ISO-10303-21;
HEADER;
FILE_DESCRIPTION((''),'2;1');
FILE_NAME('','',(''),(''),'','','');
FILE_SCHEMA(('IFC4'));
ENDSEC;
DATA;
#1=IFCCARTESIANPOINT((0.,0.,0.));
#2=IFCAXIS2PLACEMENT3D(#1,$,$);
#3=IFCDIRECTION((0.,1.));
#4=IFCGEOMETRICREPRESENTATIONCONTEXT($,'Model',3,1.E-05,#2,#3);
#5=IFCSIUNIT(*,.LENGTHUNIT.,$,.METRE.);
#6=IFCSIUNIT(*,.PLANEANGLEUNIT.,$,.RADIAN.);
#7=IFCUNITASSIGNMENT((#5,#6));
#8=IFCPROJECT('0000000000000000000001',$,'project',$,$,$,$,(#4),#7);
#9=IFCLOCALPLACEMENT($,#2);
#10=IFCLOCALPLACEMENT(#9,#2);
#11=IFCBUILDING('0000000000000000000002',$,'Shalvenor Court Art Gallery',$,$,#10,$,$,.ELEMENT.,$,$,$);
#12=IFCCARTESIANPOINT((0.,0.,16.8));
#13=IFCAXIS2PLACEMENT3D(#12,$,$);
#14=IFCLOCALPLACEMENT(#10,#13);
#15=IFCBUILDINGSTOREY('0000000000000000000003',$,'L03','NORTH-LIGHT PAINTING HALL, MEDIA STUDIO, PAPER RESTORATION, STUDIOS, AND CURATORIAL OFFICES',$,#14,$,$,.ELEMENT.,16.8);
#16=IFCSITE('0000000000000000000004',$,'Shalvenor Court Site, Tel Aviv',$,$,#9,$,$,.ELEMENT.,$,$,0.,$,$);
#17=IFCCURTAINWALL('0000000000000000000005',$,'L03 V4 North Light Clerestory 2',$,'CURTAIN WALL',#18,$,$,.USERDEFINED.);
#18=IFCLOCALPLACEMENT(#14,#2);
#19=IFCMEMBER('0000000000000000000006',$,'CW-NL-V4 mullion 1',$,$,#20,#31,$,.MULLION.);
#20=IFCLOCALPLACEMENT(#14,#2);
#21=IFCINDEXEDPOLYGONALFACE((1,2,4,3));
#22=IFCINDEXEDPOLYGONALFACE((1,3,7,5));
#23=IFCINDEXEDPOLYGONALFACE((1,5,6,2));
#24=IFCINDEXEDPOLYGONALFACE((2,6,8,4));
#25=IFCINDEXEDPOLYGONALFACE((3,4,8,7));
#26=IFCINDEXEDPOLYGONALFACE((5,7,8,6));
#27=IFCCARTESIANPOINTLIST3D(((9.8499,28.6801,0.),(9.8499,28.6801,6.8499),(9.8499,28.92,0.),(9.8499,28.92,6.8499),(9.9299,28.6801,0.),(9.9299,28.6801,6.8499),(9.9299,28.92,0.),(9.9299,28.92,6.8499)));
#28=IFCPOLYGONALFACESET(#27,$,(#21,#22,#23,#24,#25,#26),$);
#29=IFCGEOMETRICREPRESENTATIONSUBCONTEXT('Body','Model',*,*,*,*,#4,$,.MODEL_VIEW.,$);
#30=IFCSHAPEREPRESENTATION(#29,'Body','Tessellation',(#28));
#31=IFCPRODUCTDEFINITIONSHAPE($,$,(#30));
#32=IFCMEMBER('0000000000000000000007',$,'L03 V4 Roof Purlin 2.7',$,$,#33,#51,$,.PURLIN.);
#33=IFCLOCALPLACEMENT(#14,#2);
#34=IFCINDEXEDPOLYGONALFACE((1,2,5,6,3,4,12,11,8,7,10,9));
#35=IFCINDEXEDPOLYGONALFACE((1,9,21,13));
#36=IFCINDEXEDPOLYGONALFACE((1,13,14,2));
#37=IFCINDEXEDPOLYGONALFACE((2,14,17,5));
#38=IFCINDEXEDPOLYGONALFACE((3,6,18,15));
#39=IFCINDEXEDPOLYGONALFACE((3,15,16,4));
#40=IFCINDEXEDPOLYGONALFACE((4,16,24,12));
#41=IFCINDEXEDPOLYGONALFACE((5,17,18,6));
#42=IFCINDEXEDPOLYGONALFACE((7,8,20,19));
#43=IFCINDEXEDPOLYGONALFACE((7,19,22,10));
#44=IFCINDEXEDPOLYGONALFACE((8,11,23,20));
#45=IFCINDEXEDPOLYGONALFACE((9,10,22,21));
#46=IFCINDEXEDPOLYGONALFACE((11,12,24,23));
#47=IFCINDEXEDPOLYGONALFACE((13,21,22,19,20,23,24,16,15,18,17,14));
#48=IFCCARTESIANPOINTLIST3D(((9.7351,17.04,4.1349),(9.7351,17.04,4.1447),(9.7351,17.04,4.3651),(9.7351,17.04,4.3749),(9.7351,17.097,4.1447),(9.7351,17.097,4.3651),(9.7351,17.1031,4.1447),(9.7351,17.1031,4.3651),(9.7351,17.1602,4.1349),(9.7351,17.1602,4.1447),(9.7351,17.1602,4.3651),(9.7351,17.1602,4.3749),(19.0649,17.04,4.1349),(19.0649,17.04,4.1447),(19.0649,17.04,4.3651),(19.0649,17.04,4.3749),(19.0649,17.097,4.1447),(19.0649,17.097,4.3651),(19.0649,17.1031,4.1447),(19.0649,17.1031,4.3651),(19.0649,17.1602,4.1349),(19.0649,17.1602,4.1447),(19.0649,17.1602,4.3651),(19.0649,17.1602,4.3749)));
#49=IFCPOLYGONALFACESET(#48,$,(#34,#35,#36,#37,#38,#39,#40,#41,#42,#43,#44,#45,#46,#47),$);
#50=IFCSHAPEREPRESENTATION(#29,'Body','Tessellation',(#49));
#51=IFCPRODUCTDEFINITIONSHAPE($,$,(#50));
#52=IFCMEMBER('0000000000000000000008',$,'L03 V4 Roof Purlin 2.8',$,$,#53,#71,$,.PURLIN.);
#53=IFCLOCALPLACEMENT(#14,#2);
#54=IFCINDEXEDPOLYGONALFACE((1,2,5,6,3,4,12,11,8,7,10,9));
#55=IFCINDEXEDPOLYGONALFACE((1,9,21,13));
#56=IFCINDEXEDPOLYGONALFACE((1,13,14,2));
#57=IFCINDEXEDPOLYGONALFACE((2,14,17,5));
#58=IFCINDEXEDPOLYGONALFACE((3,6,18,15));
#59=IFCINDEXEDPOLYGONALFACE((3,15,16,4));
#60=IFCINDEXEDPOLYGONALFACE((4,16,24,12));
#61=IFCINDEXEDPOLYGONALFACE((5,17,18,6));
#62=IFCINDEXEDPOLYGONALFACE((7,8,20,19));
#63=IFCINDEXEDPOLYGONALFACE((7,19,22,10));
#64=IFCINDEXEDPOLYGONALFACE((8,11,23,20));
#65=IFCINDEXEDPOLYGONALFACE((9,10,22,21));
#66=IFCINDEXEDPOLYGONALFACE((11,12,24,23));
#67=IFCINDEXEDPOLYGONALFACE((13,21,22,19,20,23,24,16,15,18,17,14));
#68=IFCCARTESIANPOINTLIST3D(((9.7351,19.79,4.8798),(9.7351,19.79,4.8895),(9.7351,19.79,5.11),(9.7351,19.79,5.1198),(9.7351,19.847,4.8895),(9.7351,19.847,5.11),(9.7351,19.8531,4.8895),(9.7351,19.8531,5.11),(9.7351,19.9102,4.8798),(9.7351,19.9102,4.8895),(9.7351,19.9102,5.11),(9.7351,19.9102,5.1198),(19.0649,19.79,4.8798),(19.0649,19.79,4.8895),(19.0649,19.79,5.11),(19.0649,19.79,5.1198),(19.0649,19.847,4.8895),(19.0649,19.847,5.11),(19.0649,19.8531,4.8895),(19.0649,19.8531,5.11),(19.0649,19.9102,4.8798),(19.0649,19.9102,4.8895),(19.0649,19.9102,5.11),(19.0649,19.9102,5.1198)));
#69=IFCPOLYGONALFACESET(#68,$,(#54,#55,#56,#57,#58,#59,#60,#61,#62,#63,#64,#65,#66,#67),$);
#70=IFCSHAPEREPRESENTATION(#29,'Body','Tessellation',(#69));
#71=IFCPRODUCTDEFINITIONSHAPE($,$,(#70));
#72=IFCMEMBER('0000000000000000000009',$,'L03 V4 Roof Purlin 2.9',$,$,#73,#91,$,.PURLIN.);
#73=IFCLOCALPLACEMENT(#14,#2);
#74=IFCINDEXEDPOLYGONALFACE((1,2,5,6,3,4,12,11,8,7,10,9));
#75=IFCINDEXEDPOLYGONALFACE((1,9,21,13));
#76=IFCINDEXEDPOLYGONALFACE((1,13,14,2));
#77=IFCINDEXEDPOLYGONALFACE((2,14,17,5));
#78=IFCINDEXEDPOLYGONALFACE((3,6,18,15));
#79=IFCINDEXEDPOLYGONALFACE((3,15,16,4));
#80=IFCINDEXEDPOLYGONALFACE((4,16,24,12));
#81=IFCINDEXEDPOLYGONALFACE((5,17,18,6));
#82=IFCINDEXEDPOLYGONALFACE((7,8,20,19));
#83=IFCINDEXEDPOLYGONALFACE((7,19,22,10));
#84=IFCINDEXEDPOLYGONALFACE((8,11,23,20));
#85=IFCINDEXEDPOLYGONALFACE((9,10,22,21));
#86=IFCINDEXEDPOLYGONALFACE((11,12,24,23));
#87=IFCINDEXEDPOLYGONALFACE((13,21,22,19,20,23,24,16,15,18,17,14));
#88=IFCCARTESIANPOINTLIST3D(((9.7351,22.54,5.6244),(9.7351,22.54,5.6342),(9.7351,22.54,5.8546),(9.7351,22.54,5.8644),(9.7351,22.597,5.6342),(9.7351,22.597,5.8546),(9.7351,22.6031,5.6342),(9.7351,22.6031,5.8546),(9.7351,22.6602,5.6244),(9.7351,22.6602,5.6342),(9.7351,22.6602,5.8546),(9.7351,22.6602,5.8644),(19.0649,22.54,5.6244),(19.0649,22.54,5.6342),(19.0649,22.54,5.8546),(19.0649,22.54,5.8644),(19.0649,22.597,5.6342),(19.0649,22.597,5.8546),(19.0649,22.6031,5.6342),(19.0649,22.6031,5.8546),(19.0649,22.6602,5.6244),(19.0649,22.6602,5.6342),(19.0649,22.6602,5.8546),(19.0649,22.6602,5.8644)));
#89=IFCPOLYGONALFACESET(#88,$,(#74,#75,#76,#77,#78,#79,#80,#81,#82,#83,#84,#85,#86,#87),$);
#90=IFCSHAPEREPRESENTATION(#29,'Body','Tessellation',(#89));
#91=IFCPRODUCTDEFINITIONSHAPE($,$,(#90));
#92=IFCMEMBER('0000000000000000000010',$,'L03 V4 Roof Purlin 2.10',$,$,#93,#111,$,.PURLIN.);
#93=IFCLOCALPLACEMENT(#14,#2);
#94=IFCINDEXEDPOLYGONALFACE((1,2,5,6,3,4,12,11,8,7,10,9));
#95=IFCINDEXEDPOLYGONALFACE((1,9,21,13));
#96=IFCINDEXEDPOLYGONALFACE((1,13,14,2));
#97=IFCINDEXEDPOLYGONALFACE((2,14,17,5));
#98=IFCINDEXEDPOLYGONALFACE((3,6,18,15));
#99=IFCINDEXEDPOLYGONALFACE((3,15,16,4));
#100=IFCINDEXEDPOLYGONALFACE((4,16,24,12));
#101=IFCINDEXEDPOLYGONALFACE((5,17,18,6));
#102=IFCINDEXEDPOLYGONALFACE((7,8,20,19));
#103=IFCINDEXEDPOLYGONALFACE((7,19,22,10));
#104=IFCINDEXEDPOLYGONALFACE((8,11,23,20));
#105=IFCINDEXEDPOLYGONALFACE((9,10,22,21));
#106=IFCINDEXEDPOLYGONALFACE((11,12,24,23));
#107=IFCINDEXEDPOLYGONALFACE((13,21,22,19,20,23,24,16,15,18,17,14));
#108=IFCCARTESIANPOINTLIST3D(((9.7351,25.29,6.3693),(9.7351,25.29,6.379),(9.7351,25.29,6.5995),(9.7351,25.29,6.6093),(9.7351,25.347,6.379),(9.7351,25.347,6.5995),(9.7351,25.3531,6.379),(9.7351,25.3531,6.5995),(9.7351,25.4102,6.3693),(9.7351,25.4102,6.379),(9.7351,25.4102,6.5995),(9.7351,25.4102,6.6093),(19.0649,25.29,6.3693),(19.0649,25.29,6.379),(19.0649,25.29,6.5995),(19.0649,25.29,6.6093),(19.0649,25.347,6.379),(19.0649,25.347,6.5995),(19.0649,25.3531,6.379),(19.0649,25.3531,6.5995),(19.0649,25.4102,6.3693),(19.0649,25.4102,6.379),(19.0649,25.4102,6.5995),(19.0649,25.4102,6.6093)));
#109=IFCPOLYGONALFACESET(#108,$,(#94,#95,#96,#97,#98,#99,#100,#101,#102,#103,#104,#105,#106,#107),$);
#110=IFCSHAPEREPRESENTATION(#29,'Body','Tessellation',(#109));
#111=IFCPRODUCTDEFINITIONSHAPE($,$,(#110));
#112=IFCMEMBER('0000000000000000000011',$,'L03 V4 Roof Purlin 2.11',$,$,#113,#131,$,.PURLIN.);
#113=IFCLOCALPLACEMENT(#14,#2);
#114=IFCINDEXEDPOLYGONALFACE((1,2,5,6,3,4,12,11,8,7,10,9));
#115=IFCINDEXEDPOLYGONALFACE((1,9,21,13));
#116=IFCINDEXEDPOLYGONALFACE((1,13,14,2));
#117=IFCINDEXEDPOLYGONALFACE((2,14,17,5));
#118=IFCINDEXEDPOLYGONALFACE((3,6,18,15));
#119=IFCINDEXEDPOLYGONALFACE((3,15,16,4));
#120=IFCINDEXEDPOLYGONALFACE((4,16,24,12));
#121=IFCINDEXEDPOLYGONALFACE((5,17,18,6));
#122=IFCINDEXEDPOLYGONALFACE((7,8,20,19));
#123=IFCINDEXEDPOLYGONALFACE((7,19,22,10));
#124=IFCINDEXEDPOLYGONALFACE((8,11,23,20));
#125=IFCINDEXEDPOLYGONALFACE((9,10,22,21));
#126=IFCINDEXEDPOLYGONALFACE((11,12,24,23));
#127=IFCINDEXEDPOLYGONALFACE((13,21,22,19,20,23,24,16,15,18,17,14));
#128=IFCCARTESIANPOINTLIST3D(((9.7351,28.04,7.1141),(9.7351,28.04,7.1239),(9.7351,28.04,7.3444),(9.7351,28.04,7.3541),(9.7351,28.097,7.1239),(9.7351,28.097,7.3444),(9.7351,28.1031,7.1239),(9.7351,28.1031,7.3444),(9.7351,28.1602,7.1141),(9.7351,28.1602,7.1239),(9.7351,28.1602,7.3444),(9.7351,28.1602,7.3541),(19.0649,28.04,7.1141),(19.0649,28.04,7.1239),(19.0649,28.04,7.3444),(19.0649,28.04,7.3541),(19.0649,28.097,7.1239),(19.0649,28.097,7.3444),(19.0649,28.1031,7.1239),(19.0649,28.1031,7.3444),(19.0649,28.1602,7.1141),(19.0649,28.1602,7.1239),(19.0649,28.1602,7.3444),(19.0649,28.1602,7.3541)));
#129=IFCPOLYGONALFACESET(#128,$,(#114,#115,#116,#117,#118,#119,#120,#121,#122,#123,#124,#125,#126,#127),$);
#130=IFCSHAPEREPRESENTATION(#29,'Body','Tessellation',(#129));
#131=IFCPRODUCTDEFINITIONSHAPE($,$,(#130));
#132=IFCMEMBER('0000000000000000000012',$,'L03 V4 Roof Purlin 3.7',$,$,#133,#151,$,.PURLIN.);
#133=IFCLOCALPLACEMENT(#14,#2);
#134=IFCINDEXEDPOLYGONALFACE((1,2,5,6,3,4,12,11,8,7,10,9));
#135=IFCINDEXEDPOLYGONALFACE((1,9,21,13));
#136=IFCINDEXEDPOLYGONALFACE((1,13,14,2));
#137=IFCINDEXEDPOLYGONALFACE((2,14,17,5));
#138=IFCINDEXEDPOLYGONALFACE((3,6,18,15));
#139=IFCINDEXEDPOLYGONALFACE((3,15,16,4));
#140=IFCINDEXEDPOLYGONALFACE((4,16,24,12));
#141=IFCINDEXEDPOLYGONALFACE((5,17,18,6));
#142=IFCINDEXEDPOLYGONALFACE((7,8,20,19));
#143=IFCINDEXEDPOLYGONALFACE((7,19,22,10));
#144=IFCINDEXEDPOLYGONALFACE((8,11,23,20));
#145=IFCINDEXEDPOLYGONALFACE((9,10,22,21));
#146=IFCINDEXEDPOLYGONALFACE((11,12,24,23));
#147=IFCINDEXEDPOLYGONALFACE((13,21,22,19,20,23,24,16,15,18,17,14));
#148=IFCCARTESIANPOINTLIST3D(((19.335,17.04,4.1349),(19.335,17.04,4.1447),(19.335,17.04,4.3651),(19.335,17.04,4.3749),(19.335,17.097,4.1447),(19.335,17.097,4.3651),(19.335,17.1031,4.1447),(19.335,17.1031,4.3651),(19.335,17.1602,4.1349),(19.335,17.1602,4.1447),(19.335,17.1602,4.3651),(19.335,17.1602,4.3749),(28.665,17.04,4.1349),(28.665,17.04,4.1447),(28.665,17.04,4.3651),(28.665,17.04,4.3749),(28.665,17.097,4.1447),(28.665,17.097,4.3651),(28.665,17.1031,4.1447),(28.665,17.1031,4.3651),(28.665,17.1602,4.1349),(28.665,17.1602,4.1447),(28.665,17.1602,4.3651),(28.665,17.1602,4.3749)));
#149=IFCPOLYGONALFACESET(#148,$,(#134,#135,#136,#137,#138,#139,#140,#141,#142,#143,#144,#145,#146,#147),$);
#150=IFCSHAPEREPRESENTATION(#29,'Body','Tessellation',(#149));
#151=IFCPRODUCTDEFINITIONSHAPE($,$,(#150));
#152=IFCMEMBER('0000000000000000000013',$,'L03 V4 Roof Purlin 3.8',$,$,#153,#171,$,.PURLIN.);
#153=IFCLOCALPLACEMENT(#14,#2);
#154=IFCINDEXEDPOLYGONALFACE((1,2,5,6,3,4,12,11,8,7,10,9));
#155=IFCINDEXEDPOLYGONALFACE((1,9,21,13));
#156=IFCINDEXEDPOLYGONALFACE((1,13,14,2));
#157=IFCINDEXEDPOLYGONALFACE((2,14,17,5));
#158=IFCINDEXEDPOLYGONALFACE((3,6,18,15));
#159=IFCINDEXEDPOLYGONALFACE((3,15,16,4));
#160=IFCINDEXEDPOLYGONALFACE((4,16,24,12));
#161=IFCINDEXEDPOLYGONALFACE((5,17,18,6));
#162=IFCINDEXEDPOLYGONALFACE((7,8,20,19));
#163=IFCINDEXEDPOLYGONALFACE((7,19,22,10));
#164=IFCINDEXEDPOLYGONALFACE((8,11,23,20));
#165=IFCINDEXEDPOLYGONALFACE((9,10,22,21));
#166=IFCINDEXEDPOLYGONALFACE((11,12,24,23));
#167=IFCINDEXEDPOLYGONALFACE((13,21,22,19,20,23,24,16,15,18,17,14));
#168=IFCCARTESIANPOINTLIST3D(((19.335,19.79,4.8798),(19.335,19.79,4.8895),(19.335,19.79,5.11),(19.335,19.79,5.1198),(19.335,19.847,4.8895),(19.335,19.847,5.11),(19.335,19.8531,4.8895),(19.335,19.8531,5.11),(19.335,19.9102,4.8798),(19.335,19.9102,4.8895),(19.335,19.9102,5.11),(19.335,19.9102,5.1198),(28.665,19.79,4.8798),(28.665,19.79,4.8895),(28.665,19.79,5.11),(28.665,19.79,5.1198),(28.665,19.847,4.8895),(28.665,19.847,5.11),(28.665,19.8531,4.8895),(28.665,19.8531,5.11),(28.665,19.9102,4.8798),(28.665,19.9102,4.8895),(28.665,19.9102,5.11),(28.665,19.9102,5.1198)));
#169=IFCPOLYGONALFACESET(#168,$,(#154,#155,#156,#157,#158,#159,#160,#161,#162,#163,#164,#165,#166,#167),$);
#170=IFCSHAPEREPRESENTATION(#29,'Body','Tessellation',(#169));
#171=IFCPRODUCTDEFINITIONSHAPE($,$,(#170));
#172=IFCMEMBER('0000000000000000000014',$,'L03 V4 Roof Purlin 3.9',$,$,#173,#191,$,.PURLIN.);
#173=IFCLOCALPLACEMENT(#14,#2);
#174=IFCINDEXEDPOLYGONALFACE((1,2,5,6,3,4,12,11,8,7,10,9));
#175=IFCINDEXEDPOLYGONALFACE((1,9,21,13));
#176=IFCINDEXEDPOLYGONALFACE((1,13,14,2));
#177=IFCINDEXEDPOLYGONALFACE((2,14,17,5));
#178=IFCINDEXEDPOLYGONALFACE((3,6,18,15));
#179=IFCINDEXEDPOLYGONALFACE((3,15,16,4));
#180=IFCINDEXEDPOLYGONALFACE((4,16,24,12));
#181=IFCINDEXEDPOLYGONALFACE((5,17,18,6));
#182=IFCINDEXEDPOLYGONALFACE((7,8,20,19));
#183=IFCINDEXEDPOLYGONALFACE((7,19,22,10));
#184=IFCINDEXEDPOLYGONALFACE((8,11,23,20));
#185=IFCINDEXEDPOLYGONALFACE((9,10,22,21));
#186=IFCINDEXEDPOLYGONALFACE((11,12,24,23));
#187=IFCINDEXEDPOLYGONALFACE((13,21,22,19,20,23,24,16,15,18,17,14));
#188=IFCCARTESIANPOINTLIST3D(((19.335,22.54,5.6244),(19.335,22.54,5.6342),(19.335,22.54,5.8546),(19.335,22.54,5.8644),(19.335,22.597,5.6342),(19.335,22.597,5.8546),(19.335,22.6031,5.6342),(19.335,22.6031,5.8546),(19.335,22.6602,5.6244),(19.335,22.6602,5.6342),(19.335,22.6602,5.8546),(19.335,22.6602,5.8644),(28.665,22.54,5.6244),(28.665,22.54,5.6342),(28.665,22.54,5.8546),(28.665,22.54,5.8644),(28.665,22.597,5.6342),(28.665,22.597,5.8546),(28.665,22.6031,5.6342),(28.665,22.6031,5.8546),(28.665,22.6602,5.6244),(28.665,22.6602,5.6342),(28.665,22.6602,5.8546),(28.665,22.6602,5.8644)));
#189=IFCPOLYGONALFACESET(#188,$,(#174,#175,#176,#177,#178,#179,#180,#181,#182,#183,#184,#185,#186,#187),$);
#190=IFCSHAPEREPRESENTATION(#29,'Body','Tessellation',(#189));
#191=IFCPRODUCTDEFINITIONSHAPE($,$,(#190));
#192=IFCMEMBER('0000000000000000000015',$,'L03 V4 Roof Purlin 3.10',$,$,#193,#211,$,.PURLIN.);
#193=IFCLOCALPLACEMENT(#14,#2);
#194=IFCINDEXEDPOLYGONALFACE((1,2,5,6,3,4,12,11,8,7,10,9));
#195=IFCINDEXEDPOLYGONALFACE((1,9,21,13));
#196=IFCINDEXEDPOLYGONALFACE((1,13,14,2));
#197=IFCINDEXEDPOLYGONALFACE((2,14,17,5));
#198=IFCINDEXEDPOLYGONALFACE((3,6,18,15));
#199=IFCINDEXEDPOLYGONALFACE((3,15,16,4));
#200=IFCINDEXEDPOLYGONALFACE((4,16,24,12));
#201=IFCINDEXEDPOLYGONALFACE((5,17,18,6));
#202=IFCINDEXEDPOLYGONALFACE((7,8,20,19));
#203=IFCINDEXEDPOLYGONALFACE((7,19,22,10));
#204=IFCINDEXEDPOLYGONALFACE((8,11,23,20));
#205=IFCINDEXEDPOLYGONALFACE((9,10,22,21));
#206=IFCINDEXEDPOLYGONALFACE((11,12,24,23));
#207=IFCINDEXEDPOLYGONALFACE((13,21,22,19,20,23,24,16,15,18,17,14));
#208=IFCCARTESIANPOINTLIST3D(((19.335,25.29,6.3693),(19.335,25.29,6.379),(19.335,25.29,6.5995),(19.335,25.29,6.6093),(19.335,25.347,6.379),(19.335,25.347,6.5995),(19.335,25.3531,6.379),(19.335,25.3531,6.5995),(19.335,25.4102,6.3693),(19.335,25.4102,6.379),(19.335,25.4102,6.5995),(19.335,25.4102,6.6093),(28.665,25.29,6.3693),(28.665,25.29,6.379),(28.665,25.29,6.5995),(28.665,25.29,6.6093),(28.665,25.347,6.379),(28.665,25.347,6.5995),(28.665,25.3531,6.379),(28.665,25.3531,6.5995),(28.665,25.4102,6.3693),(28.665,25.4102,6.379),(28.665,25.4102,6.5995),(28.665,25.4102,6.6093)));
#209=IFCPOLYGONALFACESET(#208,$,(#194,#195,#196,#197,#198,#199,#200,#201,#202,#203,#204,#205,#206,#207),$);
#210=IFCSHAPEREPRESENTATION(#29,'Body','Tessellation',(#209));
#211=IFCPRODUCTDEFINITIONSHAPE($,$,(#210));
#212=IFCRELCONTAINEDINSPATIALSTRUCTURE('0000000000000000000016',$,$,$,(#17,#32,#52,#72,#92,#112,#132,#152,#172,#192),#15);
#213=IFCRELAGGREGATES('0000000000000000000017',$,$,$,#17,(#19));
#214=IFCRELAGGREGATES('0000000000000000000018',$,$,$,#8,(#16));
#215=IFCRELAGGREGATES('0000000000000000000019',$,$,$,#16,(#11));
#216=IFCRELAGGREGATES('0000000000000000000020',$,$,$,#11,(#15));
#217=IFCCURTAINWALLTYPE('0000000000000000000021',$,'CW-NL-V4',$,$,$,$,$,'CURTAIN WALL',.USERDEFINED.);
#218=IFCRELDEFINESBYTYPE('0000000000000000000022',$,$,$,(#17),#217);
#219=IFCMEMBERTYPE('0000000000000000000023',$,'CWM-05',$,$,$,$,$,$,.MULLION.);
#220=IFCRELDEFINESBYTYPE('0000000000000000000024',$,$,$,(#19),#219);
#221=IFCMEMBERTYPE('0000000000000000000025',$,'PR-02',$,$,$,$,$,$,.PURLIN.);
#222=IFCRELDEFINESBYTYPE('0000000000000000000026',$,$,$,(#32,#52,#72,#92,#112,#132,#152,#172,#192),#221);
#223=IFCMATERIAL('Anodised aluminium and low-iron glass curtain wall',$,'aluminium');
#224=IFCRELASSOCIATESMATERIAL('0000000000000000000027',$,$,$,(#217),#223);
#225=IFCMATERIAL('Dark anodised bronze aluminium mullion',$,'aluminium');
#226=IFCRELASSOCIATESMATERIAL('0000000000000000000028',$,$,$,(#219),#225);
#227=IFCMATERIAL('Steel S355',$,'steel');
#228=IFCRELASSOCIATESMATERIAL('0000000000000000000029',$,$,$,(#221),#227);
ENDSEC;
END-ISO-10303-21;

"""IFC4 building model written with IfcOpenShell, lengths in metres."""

from ifc_helpers import new_model, si_unit, direction, frame, origin, origin_2d, place, context, subcontext, project, spatial, rectangle, i_section, extrude, material, material_profile, profile_set, type_object, element, aggregate, save


model = new_model("IFC4")

# Units and contexts
model_context = context("Model", 3, precision=1e-05, world=origin(), true_north=direction((0.0, 1.0)))
body_context = subcontext(model_context, "Body", "Model", "MODEL_VIEW")
ifc_project = project(units=[si_unit("LENGTHUNIT", "METRE"), si_unit("PLANEANGLEUNIT", "RADIAN")], contexts=[model_context])

# Site, building, storey
site_placement = place(None, origin())
site = spatial("IfcSite", under=ifc_project, at=site_placement, Name="Shalvenor Court Site, Tel Aviv", CompositionType="ELEMENT", RefElevation=0.0)
building_placement = place(site_placement, origin())
building = spatial("IfcBuilding", under=site, at=building_placement, Name="Shalvenor Court Art Gallery", CompositionType="ELEMENT")
storey_placement = place(building_placement, frame((0.0, 0.0, 16.8)))
storey = spatial("IfcBuildingStorey", under=building, at=storey_placement, Name="L03", Description="NORTH-LIGHT PAINTING HALL, MEDIA STUDIO, PAPER RESTORATION, STUDIOS, AND CURATORIAL OFFICES", CompositionType="ELEMENT", Elevation=16.8)

# Curtain wall, member
ifc_material_1 = material(Name="Anodised aluminium and low-iron glass curtain wall", Category="aluminium")
curtain_wall_type = type_object("IfcCurtainWallType", Name="CW-NL-V4", ElementType="CURTAIN WALL", PredefinedType="USERDEFINED", material=ifc_material_1)
curtain_wall_placement = place(storey_placement, origin())
curtain_wall = element("IfcCurtainWall", 1, at=curtain_wall_placement, inside=storey, type_object=curtain_wall_type, Name="L03 V4 North Light Clerestory 2", ObjectType="CURTAIN WALL", PredefinedType="USERDEFINED")
ifc_material_2 = material(Name="Dark anodised bronze aluminium mullion", Category="aluminium")
ifc_material_profile_1 = material_profile(ifc_material_2, rectangle(XDim=0.0801, YDim=0.24, at=origin_2d()), Name="CWM-05")
ifc_profile_set_1 = profile_set([ifc_material_profile_1], Name="Dark anodised bronze aluminium mullion")
member_type_1 = type_object("IfcMemberType", Name="CWM-05", PredefinedType="MULLION", material=ifc_profile_set_1)
member_1_placement = place(storey_placement, frame((9.8899, 28.8, 0.0), z_axis=(0.0, 0.0, 1.0), x_axis=(1.0, 0.0, 0.0)))
member_1 = element("IfcMember", 2, at=member_1_placement, type_object=member_type_1, Name="CW-NL-V4 mullion 1", PredefinedType="MULLION", context=body_context, shape_type="SweptSolid", body=[
    extrude(rectangle(XDim=0.0801, YDim=0.24, at=origin_2d()), origin(), (0.0, 0.0, 1.0), 6.8499),
])
aggregate(curtain_wall, [member_1])

# Members
ifc_material_3 = material(Name="Steel S355", Category="steel")
ifc_material_profile_2 = material_profile(ifc_material_3, i_section(OverallWidth=0.1201, OverallDepth=0.24, WebThickness=0.0061, FlangeThickness=0.0098, at=origin_2d()), Name="IPE 240")
ifc_profile_set_2 = profile_set([ifc_material_profile_2], Name="Steel S355")
member_type_2 = type_object("IfcMemberType", Name="PR-02", PredefinedType="PURLIN", material=ifc_profile_set_2)
for number, where, z_axis, x_axis, name in (
    (3, (9.7351, 17.1001, 4.2549), (1.0, 0.0, 0.0), (0.0, 1.0, 0.0), "L03 V4 Roof Purlin 2.7"),
    (4, (9.7351, 19.8501, 4.9998), (1.0, 0.0, 0.0), (0.0, 1.0, 0.0), "L03 V4 Roof Purlin 2.8"),
    (5, (9.7351, 22.6001, 5.7444), (1.0, 0.0, 0.0), (0.0, 1.0, 0.0), "L03 V4 Roof Purlin 2.9"),
    (6, (9.7351, 25.3501, 6.4893), (1.0, 0.0, 0.0), (0.0, 1.0, 0.0), "L03 V4 Roof Purlin 2.10"),
    (7, (9.7351, 28.1001, 7.2341), (1.0, 0.0, 0.0), (0.0, 1.0, 0.0), "L03 V4 Roof Purlin 2.11"),
):
    element("IfcMember", number, at=place(storey_placement, frame(where, z_axis=z_axis, x_axis=x_axis)), inside=storey, type_object=member_type_2, Name=name, PredefinedType="PURLIN", context=body_context, shape_type="SweptSolid", body=[
        extrude(i_section(OverallWidth=0.1201, OverallDepth=0.24, WebThickness=0.0061, FlangeThickness=0.0098, at=origin_2d()), origin(), (0.0, 0.0, 1.0), 9.3298),
    ])
for number, where, z_axis, x_axis, name in (
    (8, (19.335, 17.1001, 4.2549), (1.0, 0.0, 0.0), (0.0, 1.0, 0.0), "L03 V4 Roof Purlin 3.7"),
    (9, (19.335, 19.8501, 4.9998), (1.0, 0.0, 0.0), (0.0, 1.0, 0.0), "L03 V4 Roof Purlin 3.8"),
    (10, (19.335, 22.6001, 5.7444), (1.0, 0.0, 0.0), (0.0, 1.0, 0.0), "L03 V4 Roof Purlin 3.9"),
    (11, (19.335, 25.3501, 6.4893), (1.0, 0.0, 0.0), (0.0, 1.0, 0.0), "L03 V4 Roof Purlin 3.10"),
):
    element("IfcMember", number, at=place(storey_placement, frame(where, z_axis=z_axis, x_axis=x_axis)), inside=storey, type_object=member_type_2, Name=name, PredefinedType="PURLIN", context=body_context, shape_type="SweptSolid", body=[
        extrude(i_section(OverallWidth=0.1201, OverallDepth=0.24, WebThickness=0.0061, FlangeThickness=0.0098, at=origin_2d()), origin(), (0.0, 0.0, 1.0), 9.3301),
    ])

save(model, "model.ifc")
